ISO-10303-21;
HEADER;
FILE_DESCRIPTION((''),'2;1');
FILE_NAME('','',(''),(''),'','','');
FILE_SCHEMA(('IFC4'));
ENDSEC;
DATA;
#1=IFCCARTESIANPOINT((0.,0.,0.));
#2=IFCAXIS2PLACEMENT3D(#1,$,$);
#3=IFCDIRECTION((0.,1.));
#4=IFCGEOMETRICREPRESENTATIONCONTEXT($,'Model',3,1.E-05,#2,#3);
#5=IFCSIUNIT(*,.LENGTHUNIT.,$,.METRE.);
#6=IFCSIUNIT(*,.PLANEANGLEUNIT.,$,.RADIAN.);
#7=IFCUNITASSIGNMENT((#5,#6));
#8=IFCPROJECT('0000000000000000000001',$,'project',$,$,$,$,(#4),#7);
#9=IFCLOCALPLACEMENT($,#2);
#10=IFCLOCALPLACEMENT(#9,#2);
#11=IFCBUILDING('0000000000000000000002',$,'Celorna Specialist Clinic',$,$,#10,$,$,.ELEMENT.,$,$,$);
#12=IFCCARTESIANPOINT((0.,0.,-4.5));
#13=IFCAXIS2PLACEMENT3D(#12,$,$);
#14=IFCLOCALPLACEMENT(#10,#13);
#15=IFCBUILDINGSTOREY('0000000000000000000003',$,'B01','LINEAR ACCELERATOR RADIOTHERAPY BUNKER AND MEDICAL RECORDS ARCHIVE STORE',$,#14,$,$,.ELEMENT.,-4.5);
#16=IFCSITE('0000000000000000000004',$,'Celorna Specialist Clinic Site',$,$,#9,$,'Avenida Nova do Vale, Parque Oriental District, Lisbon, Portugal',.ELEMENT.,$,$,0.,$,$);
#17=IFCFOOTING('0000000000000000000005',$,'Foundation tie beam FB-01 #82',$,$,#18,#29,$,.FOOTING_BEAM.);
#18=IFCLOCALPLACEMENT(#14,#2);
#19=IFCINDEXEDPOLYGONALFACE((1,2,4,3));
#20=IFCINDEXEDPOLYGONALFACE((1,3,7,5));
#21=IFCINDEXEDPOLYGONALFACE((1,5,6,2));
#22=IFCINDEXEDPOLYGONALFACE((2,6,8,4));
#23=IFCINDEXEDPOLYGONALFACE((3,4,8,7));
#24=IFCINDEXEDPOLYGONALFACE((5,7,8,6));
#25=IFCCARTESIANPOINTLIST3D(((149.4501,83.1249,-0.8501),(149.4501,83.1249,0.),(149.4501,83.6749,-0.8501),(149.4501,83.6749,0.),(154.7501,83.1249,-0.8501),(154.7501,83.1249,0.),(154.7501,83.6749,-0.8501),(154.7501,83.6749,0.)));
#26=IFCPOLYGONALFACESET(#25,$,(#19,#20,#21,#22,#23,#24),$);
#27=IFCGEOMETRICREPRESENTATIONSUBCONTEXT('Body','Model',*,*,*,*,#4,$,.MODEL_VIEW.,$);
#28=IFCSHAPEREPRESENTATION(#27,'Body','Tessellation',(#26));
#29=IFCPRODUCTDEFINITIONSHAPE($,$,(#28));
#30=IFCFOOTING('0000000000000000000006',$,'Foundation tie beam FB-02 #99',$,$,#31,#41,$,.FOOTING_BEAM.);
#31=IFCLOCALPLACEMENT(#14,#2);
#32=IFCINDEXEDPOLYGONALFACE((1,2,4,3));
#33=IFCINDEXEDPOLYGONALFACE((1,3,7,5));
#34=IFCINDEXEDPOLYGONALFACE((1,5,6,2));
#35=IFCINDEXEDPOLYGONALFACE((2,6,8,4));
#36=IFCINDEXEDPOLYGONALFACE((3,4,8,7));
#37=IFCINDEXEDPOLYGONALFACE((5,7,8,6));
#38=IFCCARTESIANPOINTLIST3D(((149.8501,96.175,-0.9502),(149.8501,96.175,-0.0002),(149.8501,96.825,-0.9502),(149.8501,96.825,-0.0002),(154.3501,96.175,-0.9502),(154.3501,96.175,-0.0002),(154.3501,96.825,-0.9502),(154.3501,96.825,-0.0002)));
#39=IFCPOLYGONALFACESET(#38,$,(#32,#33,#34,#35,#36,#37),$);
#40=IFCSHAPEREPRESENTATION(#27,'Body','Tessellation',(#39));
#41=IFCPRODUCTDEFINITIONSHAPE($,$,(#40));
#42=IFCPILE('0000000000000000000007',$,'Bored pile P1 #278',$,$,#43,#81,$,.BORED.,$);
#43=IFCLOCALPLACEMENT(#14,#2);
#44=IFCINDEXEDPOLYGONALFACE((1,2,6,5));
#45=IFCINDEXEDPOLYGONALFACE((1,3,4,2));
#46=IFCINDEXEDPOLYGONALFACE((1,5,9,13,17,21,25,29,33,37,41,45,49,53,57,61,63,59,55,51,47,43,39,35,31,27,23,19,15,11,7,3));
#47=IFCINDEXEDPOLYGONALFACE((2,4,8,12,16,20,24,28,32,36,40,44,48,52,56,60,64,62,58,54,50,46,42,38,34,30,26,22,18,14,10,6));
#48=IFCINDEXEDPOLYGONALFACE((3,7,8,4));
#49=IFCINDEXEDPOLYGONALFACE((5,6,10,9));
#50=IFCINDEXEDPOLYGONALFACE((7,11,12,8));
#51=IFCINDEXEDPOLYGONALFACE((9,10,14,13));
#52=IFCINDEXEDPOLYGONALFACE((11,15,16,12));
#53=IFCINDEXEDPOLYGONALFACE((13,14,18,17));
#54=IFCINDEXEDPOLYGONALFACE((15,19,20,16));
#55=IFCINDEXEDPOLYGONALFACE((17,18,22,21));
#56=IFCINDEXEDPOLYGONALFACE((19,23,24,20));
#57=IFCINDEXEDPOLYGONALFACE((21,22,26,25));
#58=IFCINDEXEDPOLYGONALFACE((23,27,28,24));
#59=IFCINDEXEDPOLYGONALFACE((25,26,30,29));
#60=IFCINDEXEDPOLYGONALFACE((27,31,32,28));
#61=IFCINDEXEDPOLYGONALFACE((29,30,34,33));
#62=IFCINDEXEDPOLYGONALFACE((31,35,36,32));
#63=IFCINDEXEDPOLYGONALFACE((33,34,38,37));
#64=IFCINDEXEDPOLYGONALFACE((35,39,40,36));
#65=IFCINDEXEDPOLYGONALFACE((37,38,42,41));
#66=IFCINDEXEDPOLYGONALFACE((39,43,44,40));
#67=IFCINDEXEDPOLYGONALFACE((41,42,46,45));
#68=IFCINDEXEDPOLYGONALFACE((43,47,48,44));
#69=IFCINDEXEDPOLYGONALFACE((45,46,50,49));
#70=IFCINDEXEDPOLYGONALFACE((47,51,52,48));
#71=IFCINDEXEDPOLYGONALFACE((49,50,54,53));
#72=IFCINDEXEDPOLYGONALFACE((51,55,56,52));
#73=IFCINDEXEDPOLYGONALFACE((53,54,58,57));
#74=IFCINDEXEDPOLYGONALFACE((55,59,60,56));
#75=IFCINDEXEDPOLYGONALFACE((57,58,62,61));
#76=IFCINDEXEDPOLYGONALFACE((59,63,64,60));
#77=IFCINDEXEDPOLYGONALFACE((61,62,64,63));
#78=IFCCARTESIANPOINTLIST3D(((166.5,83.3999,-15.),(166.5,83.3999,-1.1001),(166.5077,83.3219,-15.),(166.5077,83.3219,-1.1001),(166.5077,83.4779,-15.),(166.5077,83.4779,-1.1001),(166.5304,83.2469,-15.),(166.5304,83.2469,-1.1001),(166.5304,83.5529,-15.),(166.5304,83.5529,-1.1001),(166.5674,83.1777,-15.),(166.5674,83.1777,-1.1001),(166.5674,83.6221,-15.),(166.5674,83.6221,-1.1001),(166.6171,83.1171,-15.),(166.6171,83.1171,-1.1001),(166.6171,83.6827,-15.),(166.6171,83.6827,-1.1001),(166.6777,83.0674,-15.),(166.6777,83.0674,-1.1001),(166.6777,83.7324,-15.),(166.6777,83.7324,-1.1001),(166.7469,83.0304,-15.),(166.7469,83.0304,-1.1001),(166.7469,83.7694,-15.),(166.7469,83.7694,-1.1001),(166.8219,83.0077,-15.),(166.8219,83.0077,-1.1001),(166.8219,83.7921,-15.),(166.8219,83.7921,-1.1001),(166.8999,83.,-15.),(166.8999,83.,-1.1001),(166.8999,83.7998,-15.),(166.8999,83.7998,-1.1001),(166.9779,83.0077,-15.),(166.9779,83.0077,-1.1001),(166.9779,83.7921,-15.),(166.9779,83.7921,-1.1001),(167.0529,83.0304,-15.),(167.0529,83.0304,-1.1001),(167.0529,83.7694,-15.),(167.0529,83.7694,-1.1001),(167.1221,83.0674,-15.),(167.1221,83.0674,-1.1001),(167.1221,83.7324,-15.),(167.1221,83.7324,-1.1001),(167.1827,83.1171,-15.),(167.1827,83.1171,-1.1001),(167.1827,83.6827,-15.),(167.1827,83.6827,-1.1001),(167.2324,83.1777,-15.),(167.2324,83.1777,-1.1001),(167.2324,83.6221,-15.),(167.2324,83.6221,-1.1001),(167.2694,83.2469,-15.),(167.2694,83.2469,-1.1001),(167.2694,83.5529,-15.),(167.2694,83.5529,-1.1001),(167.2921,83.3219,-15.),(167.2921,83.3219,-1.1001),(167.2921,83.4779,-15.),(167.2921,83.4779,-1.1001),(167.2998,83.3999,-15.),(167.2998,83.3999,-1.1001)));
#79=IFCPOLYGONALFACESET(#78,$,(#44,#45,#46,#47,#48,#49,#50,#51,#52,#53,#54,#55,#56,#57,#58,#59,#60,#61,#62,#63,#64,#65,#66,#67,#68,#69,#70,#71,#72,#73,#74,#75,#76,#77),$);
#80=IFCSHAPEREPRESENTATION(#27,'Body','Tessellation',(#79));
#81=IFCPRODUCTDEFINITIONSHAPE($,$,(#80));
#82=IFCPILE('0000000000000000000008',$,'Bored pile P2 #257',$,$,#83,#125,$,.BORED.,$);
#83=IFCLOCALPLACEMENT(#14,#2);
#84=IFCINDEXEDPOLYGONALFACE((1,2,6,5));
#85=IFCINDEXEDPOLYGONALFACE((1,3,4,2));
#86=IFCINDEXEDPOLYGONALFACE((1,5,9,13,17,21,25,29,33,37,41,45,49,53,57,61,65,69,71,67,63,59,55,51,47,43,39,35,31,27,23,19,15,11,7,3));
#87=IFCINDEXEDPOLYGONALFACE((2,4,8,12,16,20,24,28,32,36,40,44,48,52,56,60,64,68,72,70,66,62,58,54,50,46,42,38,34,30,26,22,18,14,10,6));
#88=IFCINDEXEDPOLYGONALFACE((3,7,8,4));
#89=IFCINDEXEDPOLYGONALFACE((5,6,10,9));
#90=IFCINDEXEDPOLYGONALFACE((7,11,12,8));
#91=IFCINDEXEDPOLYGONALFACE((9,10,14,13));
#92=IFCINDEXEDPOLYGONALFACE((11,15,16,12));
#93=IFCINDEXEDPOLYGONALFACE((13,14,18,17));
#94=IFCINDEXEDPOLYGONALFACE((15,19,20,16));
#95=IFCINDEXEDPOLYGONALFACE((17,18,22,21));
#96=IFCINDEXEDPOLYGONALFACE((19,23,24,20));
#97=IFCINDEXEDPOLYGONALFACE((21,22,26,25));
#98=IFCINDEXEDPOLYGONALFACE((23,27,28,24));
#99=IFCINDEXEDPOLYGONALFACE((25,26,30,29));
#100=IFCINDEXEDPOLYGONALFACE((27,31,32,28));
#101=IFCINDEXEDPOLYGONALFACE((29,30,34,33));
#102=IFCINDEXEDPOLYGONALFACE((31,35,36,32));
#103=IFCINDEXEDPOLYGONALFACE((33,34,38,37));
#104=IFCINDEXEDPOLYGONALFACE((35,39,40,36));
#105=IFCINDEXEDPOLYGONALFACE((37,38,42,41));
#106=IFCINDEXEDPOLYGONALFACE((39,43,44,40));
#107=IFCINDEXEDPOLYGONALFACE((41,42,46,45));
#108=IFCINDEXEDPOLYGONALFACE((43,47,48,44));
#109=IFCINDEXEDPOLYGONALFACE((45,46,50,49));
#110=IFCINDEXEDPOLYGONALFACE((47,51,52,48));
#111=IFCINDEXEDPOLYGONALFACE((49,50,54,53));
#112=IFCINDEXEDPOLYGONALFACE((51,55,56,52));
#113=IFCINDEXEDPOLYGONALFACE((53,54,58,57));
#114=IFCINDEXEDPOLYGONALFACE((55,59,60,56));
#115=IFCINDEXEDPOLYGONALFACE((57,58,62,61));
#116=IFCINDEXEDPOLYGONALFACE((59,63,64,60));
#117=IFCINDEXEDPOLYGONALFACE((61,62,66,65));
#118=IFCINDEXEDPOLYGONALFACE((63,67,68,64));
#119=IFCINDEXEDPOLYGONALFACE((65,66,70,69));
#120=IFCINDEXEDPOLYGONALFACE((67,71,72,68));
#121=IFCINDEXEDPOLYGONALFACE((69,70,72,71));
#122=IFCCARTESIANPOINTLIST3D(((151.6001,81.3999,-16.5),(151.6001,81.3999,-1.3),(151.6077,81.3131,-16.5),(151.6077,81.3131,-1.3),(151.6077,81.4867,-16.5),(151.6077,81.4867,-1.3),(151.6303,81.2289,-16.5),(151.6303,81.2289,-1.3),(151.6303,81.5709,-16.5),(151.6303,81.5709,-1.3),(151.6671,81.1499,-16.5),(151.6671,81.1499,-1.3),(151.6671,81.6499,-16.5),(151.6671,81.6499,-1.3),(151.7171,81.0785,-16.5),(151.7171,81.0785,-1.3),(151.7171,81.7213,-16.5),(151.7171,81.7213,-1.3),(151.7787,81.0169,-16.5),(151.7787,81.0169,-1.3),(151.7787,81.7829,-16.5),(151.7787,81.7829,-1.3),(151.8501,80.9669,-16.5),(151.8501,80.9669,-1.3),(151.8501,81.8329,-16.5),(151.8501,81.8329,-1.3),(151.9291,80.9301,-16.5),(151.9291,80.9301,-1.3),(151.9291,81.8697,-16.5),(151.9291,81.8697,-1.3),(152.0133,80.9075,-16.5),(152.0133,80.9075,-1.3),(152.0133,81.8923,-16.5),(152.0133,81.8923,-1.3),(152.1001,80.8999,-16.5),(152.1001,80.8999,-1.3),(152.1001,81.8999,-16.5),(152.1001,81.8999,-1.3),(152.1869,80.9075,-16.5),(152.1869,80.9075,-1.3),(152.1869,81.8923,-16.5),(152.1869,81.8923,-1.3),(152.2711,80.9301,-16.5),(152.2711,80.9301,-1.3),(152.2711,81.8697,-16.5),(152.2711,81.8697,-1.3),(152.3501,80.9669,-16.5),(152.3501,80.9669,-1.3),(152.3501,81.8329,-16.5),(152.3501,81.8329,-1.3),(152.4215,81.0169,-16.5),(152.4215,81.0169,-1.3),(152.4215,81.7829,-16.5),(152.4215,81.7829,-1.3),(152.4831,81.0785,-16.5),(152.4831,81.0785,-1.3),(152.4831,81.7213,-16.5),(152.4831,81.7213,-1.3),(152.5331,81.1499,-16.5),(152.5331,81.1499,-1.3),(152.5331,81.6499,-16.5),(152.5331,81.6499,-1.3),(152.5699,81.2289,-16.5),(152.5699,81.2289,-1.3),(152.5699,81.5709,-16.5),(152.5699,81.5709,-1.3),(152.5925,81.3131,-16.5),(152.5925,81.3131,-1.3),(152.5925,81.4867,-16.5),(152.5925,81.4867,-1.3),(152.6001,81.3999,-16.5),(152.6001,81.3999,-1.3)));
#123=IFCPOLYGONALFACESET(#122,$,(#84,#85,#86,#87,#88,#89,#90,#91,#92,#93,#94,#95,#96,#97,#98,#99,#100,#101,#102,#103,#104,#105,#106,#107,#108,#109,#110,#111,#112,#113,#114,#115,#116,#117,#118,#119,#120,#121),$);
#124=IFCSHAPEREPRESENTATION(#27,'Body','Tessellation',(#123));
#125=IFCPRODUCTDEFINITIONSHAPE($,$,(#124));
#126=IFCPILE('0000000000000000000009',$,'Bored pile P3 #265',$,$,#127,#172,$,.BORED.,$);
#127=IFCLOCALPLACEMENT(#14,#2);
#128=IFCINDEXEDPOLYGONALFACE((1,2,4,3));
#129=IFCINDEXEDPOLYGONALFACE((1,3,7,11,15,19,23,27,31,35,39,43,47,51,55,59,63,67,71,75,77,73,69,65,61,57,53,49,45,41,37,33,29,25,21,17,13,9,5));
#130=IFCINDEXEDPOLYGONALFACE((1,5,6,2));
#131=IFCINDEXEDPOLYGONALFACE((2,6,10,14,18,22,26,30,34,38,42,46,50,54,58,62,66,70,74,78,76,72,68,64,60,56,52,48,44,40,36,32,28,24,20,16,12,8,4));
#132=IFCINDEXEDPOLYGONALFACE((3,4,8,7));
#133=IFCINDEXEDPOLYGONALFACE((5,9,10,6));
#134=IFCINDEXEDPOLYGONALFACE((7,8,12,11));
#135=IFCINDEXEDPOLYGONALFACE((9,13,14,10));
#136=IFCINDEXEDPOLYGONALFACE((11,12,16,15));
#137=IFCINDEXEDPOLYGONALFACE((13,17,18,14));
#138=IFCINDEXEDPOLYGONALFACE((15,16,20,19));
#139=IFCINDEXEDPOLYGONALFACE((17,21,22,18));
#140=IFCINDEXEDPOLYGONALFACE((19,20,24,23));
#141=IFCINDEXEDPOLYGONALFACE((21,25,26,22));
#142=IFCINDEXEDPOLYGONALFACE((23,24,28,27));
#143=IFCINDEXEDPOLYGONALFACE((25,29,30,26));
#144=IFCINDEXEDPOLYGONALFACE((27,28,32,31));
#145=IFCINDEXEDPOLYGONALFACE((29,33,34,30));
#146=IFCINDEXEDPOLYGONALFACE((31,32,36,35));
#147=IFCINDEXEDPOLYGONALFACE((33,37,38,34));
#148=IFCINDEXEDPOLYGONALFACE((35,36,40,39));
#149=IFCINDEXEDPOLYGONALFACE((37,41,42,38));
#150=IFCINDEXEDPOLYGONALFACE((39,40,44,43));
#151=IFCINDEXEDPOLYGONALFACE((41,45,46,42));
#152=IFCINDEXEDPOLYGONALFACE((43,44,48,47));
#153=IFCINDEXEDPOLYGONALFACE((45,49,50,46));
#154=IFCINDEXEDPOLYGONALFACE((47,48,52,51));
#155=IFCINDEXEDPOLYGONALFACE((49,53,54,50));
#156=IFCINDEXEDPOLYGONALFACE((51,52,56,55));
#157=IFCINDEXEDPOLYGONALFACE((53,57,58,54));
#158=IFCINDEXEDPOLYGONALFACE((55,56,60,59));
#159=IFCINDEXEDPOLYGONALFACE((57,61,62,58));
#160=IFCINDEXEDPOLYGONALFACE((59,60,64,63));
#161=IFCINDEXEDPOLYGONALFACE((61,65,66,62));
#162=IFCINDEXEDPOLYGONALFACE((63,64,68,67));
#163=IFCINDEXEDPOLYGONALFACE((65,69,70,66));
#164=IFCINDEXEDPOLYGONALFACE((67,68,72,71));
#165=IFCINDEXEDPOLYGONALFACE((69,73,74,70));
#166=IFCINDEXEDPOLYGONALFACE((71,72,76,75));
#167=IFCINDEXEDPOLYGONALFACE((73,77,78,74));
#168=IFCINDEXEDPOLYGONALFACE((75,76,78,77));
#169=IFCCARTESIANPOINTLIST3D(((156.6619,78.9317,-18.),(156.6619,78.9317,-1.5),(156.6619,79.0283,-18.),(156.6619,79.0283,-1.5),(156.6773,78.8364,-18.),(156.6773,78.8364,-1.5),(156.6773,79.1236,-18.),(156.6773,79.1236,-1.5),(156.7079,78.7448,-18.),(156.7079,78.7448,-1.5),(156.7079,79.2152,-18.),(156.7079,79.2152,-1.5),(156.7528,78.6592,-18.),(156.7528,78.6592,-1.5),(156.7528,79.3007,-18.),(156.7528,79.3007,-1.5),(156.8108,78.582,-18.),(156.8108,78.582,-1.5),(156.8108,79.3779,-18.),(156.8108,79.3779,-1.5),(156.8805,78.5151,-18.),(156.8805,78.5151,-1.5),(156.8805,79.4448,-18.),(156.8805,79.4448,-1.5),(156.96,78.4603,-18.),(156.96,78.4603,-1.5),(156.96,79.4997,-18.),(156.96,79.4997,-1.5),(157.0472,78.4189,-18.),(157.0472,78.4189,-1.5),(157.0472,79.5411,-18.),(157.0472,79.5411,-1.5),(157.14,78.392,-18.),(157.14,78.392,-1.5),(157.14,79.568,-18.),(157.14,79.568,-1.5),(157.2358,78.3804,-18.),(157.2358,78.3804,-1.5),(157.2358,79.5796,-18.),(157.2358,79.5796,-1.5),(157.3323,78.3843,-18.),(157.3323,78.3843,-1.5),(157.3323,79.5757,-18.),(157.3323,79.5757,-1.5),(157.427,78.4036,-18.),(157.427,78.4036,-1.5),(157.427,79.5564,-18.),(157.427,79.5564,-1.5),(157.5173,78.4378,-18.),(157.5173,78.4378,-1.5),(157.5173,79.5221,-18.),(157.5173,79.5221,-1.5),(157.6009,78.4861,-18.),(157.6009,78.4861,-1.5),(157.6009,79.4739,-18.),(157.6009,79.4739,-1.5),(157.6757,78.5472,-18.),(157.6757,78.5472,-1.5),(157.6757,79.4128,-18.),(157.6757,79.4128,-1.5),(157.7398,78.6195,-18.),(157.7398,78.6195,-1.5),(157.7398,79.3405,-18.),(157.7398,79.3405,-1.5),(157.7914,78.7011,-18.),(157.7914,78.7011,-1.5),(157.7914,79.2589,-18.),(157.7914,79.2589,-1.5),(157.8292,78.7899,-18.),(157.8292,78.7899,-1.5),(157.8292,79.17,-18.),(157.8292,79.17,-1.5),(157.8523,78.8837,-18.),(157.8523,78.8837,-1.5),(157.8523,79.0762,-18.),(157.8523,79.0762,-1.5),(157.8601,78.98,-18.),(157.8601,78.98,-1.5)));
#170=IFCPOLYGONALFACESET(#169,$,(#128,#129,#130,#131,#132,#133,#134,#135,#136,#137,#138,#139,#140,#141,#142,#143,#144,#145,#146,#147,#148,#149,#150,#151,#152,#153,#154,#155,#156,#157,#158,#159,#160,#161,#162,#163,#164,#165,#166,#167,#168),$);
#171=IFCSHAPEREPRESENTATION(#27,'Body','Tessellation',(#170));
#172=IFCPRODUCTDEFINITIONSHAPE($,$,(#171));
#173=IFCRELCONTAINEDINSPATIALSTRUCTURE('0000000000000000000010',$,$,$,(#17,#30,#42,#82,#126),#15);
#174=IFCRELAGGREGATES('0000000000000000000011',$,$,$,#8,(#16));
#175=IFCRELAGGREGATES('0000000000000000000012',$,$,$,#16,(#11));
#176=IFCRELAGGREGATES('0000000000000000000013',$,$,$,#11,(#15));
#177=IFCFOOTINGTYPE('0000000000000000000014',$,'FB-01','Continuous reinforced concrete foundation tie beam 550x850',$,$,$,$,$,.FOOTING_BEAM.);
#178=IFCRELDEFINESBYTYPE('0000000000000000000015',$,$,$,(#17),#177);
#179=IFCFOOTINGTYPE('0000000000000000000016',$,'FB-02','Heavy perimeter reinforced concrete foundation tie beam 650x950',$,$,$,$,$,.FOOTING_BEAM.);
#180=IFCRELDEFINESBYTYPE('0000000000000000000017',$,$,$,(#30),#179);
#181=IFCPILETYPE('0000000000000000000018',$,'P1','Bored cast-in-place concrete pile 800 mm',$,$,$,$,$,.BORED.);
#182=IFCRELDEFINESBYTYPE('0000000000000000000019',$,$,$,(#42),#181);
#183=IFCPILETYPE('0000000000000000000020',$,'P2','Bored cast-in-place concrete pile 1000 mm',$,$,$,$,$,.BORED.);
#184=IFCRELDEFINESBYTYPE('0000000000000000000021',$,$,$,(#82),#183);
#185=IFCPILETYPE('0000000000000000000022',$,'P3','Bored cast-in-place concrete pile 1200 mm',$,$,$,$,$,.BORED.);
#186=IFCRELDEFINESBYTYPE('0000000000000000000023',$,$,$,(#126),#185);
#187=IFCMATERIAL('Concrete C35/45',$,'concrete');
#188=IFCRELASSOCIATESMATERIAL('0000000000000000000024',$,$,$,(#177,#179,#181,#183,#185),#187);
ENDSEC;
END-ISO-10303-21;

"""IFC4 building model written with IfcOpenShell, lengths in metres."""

from ifc_helpers import new_model, si_unit, direction, frame, origin, origin_2d, place, context, subcontext, project, spatial, rectangle, circle, extrude, material, material_profile, profile_set, type_object, element, save


model = new_model("IFC4")

# Units and contexts
model_context = context("Model", 3, precision=1e-05, world=origin(), true_north=direction((0.0, 1.0)))
body_context = subcontext(model_context, "Body", "Model", "MODEL_VIEW")
ifc_project = project(units=[si_unit("LENGTHUNIT", "METRE"), si_unit("PLANEANGLEUNIT", "RADIAN")], contexts=[model_context])

# Site, building, storey
site_placement = place(None, origin())
site = spatial("IfcSite", under=ifc_project, at=site_placement, Name="Celorna Specialist Clinic Site", LongName="Avenida Nova do Vale, Parque Oriental District, Lisbon, Portugal", CompositionType="ELEMENT", RefElevation=0.0)
building_placement = place(site_placement, origin())
building = spatial("IfcBuilding", under=site, at=building_placement, Name="Celorna Specialist Clinic", CompositionType="ELEMENT")
storey_placement = place(building_placement, frame((0.0, 0.0, -4.5)))
storey = spatial("IfcBuildingStorey", under=building, at=storey_placement, Name="B01", Description="LINEAR ACCELERATOR RADIOTHERAPY BUNKER AND MEDICAL RECORDS ARCHIVE STORE", CompositionType="ELEMENT", Elevation=-4.5)

# Footings
ifc_material_1 = material(Name="Concrete C35/45", Category="concrete")
footing_type_1 = type_object("IfcFootingType", Name="FB-01", Description="Continuous reinforced concrete foundation tie beam 550x850", PredefinedType="FOOTING_BEAM", material=ifc_material_1)
footing_1_placement = place(storey_placement, frame((152.1001, 83.3999, -0.8501), z_axis=(0.0, 0.0, 1.0), x_axis=(1.0, 0.0, 0.0)))
element("IfcFooting", 1, at=footing_1_placement, inside=storey, type_object=footing_type_1, Name="Foundation tie beam FB-01 #82", PredefinedType="FOOTING_BEAM", context=body_context, shape_type="SweptSolid", body=[
    extrude(rectangle(XDim=5.3, YDim=0.55, at=origin_2d()), origin(), (0.0, 0.0, 1.0), 0.8501),
])
footing_type_2 = type_object("IfcFootingType", Name="FB-02", Description="Heavy perimeter reinforced concrete foundation tie beam 650x950", PredefinedType="FOOTING_BEAM", material=ifc_material_1)
footing_2_placement = place(storey_placement, frame((152.1001, 96.5, -0.9502), z_axis=(0.0, 0.0, 1.0), x_axis=(1.0, 0.0, 0.0)))
element("IfcFooting", 2, at=footing_2_placement, inside=storey, type_object=footing_type_2, Name="Foundation tie beam FB-02 #99", PredefinedType="FOOTING_BEAM", context=body_context, shape_type="SweptSolid", body=[
    extrude(rectangle(XDim=4.5, YDim=0.6499, at=origin_2d()), origin(), (0.0, 0.0, 1.0), 0.95),
])

# Piles
ifc_material_profile_1 = material_profile(ifc_material_1, circle(Radius=0.3999, at=origin_2d()), Name="BORED PILE 800")
ifc_profile_set_1 = profile_set([ifc_material_profile_1], Name="Concrete C35/45")
pile_type_1 = type_object("IfcPileType", Name="P1", Description="Bored cast-in-place concrete pile 800 mm", PredefinedType="BORED", material=ifc_profile_set_1)
pile_1_placement = place(storey_placement, frame((166.8999, 83.3999, -1.1001), z_axis=(0.0, 0.0, -1.0), x_axis=(1.0, 0.0, 0.0)))
element("IfcPile", 3, at=pile_1_placement, inside=storey, type_object=pile_type_1, Name="Bored pile P1 #278", PredefinedType="BORED", context=body_context, shape_type="SweptSolid", body=[
    extrude(circle(Radius=0.3999, at=origin_2d()), origin(), (0.0, 0.0, 1.0), 13.8999),
])
ifc_material_profile_2 = material_profile(ifc_material_1, circle(Radius=0.5, at=origin_2d()), Name="BORED PILE 1000")
ifc_profile_set_2 = profile_set([ifc_material_profile_2], Name="Concrete C35/45")
pile_type_2 = type_object("IfcPileType", Name="P2", Description="Bored cast-in-place concrete pile 1000 mm", PredefinedType="BORED", material=ifc_profile_set_2)
pile_2_placement = place(storey_placement, frame((152.1001, 81.3999, -1.3), z_axis=(0.0, 0.0, -1.0), x_axis=(1.0, 0.0, 0.0)))
element("IfcPile", 4, at=pile_2_placement, inside=storey, type_object=pile_type_2, Name="Bored pile P2 #257", PredefinedType="BORED", context=body_context, shape_type="SweptSolid", body=[
    extrude(circle(Radius=0.5, at=origin_2d()), origin(), (0.0, 0.0, 1.0), 15.2),
])
ifc_material_profile_3 = material_profile(ifc_material_1, circle(Radius=0.6001, at=origin_2d()), Name="BORED PILE 1200")
ifc_profile_set_3 = profile_set([ifc_material_profile_3], Name="Concrete C35/45")
pile_type_3 = type_object("IfcPileType", Name="P3", Description="Bored cast-in-place concrete pile 1200 mm", PredefinedType="BORED", material=ifc_profile_set_3)
for number, where, z_axis, x_axis, name in (
    (5, (157.26, 78.98, -1.5), (0.0, 0.0, -1.0), (1.0, 0.0, 0.0), "Bored pile P3 #265"),
):
    element("IfcPile", number, at=place(storey_placement, frame(where, z_axis=z_axis, x_axis=x_axis)), inside=storey, type_object=pile_type_3, Name=name, PredefinedType="BORED", context=body_context, shape_type="SweptSolid", body=[
        extrude(circle(Radius=0.6001, at=origin_2d()), origin(), (0.0, 0.0, 1.0), 16.5),
    ])

save(model, "model.ifc")
